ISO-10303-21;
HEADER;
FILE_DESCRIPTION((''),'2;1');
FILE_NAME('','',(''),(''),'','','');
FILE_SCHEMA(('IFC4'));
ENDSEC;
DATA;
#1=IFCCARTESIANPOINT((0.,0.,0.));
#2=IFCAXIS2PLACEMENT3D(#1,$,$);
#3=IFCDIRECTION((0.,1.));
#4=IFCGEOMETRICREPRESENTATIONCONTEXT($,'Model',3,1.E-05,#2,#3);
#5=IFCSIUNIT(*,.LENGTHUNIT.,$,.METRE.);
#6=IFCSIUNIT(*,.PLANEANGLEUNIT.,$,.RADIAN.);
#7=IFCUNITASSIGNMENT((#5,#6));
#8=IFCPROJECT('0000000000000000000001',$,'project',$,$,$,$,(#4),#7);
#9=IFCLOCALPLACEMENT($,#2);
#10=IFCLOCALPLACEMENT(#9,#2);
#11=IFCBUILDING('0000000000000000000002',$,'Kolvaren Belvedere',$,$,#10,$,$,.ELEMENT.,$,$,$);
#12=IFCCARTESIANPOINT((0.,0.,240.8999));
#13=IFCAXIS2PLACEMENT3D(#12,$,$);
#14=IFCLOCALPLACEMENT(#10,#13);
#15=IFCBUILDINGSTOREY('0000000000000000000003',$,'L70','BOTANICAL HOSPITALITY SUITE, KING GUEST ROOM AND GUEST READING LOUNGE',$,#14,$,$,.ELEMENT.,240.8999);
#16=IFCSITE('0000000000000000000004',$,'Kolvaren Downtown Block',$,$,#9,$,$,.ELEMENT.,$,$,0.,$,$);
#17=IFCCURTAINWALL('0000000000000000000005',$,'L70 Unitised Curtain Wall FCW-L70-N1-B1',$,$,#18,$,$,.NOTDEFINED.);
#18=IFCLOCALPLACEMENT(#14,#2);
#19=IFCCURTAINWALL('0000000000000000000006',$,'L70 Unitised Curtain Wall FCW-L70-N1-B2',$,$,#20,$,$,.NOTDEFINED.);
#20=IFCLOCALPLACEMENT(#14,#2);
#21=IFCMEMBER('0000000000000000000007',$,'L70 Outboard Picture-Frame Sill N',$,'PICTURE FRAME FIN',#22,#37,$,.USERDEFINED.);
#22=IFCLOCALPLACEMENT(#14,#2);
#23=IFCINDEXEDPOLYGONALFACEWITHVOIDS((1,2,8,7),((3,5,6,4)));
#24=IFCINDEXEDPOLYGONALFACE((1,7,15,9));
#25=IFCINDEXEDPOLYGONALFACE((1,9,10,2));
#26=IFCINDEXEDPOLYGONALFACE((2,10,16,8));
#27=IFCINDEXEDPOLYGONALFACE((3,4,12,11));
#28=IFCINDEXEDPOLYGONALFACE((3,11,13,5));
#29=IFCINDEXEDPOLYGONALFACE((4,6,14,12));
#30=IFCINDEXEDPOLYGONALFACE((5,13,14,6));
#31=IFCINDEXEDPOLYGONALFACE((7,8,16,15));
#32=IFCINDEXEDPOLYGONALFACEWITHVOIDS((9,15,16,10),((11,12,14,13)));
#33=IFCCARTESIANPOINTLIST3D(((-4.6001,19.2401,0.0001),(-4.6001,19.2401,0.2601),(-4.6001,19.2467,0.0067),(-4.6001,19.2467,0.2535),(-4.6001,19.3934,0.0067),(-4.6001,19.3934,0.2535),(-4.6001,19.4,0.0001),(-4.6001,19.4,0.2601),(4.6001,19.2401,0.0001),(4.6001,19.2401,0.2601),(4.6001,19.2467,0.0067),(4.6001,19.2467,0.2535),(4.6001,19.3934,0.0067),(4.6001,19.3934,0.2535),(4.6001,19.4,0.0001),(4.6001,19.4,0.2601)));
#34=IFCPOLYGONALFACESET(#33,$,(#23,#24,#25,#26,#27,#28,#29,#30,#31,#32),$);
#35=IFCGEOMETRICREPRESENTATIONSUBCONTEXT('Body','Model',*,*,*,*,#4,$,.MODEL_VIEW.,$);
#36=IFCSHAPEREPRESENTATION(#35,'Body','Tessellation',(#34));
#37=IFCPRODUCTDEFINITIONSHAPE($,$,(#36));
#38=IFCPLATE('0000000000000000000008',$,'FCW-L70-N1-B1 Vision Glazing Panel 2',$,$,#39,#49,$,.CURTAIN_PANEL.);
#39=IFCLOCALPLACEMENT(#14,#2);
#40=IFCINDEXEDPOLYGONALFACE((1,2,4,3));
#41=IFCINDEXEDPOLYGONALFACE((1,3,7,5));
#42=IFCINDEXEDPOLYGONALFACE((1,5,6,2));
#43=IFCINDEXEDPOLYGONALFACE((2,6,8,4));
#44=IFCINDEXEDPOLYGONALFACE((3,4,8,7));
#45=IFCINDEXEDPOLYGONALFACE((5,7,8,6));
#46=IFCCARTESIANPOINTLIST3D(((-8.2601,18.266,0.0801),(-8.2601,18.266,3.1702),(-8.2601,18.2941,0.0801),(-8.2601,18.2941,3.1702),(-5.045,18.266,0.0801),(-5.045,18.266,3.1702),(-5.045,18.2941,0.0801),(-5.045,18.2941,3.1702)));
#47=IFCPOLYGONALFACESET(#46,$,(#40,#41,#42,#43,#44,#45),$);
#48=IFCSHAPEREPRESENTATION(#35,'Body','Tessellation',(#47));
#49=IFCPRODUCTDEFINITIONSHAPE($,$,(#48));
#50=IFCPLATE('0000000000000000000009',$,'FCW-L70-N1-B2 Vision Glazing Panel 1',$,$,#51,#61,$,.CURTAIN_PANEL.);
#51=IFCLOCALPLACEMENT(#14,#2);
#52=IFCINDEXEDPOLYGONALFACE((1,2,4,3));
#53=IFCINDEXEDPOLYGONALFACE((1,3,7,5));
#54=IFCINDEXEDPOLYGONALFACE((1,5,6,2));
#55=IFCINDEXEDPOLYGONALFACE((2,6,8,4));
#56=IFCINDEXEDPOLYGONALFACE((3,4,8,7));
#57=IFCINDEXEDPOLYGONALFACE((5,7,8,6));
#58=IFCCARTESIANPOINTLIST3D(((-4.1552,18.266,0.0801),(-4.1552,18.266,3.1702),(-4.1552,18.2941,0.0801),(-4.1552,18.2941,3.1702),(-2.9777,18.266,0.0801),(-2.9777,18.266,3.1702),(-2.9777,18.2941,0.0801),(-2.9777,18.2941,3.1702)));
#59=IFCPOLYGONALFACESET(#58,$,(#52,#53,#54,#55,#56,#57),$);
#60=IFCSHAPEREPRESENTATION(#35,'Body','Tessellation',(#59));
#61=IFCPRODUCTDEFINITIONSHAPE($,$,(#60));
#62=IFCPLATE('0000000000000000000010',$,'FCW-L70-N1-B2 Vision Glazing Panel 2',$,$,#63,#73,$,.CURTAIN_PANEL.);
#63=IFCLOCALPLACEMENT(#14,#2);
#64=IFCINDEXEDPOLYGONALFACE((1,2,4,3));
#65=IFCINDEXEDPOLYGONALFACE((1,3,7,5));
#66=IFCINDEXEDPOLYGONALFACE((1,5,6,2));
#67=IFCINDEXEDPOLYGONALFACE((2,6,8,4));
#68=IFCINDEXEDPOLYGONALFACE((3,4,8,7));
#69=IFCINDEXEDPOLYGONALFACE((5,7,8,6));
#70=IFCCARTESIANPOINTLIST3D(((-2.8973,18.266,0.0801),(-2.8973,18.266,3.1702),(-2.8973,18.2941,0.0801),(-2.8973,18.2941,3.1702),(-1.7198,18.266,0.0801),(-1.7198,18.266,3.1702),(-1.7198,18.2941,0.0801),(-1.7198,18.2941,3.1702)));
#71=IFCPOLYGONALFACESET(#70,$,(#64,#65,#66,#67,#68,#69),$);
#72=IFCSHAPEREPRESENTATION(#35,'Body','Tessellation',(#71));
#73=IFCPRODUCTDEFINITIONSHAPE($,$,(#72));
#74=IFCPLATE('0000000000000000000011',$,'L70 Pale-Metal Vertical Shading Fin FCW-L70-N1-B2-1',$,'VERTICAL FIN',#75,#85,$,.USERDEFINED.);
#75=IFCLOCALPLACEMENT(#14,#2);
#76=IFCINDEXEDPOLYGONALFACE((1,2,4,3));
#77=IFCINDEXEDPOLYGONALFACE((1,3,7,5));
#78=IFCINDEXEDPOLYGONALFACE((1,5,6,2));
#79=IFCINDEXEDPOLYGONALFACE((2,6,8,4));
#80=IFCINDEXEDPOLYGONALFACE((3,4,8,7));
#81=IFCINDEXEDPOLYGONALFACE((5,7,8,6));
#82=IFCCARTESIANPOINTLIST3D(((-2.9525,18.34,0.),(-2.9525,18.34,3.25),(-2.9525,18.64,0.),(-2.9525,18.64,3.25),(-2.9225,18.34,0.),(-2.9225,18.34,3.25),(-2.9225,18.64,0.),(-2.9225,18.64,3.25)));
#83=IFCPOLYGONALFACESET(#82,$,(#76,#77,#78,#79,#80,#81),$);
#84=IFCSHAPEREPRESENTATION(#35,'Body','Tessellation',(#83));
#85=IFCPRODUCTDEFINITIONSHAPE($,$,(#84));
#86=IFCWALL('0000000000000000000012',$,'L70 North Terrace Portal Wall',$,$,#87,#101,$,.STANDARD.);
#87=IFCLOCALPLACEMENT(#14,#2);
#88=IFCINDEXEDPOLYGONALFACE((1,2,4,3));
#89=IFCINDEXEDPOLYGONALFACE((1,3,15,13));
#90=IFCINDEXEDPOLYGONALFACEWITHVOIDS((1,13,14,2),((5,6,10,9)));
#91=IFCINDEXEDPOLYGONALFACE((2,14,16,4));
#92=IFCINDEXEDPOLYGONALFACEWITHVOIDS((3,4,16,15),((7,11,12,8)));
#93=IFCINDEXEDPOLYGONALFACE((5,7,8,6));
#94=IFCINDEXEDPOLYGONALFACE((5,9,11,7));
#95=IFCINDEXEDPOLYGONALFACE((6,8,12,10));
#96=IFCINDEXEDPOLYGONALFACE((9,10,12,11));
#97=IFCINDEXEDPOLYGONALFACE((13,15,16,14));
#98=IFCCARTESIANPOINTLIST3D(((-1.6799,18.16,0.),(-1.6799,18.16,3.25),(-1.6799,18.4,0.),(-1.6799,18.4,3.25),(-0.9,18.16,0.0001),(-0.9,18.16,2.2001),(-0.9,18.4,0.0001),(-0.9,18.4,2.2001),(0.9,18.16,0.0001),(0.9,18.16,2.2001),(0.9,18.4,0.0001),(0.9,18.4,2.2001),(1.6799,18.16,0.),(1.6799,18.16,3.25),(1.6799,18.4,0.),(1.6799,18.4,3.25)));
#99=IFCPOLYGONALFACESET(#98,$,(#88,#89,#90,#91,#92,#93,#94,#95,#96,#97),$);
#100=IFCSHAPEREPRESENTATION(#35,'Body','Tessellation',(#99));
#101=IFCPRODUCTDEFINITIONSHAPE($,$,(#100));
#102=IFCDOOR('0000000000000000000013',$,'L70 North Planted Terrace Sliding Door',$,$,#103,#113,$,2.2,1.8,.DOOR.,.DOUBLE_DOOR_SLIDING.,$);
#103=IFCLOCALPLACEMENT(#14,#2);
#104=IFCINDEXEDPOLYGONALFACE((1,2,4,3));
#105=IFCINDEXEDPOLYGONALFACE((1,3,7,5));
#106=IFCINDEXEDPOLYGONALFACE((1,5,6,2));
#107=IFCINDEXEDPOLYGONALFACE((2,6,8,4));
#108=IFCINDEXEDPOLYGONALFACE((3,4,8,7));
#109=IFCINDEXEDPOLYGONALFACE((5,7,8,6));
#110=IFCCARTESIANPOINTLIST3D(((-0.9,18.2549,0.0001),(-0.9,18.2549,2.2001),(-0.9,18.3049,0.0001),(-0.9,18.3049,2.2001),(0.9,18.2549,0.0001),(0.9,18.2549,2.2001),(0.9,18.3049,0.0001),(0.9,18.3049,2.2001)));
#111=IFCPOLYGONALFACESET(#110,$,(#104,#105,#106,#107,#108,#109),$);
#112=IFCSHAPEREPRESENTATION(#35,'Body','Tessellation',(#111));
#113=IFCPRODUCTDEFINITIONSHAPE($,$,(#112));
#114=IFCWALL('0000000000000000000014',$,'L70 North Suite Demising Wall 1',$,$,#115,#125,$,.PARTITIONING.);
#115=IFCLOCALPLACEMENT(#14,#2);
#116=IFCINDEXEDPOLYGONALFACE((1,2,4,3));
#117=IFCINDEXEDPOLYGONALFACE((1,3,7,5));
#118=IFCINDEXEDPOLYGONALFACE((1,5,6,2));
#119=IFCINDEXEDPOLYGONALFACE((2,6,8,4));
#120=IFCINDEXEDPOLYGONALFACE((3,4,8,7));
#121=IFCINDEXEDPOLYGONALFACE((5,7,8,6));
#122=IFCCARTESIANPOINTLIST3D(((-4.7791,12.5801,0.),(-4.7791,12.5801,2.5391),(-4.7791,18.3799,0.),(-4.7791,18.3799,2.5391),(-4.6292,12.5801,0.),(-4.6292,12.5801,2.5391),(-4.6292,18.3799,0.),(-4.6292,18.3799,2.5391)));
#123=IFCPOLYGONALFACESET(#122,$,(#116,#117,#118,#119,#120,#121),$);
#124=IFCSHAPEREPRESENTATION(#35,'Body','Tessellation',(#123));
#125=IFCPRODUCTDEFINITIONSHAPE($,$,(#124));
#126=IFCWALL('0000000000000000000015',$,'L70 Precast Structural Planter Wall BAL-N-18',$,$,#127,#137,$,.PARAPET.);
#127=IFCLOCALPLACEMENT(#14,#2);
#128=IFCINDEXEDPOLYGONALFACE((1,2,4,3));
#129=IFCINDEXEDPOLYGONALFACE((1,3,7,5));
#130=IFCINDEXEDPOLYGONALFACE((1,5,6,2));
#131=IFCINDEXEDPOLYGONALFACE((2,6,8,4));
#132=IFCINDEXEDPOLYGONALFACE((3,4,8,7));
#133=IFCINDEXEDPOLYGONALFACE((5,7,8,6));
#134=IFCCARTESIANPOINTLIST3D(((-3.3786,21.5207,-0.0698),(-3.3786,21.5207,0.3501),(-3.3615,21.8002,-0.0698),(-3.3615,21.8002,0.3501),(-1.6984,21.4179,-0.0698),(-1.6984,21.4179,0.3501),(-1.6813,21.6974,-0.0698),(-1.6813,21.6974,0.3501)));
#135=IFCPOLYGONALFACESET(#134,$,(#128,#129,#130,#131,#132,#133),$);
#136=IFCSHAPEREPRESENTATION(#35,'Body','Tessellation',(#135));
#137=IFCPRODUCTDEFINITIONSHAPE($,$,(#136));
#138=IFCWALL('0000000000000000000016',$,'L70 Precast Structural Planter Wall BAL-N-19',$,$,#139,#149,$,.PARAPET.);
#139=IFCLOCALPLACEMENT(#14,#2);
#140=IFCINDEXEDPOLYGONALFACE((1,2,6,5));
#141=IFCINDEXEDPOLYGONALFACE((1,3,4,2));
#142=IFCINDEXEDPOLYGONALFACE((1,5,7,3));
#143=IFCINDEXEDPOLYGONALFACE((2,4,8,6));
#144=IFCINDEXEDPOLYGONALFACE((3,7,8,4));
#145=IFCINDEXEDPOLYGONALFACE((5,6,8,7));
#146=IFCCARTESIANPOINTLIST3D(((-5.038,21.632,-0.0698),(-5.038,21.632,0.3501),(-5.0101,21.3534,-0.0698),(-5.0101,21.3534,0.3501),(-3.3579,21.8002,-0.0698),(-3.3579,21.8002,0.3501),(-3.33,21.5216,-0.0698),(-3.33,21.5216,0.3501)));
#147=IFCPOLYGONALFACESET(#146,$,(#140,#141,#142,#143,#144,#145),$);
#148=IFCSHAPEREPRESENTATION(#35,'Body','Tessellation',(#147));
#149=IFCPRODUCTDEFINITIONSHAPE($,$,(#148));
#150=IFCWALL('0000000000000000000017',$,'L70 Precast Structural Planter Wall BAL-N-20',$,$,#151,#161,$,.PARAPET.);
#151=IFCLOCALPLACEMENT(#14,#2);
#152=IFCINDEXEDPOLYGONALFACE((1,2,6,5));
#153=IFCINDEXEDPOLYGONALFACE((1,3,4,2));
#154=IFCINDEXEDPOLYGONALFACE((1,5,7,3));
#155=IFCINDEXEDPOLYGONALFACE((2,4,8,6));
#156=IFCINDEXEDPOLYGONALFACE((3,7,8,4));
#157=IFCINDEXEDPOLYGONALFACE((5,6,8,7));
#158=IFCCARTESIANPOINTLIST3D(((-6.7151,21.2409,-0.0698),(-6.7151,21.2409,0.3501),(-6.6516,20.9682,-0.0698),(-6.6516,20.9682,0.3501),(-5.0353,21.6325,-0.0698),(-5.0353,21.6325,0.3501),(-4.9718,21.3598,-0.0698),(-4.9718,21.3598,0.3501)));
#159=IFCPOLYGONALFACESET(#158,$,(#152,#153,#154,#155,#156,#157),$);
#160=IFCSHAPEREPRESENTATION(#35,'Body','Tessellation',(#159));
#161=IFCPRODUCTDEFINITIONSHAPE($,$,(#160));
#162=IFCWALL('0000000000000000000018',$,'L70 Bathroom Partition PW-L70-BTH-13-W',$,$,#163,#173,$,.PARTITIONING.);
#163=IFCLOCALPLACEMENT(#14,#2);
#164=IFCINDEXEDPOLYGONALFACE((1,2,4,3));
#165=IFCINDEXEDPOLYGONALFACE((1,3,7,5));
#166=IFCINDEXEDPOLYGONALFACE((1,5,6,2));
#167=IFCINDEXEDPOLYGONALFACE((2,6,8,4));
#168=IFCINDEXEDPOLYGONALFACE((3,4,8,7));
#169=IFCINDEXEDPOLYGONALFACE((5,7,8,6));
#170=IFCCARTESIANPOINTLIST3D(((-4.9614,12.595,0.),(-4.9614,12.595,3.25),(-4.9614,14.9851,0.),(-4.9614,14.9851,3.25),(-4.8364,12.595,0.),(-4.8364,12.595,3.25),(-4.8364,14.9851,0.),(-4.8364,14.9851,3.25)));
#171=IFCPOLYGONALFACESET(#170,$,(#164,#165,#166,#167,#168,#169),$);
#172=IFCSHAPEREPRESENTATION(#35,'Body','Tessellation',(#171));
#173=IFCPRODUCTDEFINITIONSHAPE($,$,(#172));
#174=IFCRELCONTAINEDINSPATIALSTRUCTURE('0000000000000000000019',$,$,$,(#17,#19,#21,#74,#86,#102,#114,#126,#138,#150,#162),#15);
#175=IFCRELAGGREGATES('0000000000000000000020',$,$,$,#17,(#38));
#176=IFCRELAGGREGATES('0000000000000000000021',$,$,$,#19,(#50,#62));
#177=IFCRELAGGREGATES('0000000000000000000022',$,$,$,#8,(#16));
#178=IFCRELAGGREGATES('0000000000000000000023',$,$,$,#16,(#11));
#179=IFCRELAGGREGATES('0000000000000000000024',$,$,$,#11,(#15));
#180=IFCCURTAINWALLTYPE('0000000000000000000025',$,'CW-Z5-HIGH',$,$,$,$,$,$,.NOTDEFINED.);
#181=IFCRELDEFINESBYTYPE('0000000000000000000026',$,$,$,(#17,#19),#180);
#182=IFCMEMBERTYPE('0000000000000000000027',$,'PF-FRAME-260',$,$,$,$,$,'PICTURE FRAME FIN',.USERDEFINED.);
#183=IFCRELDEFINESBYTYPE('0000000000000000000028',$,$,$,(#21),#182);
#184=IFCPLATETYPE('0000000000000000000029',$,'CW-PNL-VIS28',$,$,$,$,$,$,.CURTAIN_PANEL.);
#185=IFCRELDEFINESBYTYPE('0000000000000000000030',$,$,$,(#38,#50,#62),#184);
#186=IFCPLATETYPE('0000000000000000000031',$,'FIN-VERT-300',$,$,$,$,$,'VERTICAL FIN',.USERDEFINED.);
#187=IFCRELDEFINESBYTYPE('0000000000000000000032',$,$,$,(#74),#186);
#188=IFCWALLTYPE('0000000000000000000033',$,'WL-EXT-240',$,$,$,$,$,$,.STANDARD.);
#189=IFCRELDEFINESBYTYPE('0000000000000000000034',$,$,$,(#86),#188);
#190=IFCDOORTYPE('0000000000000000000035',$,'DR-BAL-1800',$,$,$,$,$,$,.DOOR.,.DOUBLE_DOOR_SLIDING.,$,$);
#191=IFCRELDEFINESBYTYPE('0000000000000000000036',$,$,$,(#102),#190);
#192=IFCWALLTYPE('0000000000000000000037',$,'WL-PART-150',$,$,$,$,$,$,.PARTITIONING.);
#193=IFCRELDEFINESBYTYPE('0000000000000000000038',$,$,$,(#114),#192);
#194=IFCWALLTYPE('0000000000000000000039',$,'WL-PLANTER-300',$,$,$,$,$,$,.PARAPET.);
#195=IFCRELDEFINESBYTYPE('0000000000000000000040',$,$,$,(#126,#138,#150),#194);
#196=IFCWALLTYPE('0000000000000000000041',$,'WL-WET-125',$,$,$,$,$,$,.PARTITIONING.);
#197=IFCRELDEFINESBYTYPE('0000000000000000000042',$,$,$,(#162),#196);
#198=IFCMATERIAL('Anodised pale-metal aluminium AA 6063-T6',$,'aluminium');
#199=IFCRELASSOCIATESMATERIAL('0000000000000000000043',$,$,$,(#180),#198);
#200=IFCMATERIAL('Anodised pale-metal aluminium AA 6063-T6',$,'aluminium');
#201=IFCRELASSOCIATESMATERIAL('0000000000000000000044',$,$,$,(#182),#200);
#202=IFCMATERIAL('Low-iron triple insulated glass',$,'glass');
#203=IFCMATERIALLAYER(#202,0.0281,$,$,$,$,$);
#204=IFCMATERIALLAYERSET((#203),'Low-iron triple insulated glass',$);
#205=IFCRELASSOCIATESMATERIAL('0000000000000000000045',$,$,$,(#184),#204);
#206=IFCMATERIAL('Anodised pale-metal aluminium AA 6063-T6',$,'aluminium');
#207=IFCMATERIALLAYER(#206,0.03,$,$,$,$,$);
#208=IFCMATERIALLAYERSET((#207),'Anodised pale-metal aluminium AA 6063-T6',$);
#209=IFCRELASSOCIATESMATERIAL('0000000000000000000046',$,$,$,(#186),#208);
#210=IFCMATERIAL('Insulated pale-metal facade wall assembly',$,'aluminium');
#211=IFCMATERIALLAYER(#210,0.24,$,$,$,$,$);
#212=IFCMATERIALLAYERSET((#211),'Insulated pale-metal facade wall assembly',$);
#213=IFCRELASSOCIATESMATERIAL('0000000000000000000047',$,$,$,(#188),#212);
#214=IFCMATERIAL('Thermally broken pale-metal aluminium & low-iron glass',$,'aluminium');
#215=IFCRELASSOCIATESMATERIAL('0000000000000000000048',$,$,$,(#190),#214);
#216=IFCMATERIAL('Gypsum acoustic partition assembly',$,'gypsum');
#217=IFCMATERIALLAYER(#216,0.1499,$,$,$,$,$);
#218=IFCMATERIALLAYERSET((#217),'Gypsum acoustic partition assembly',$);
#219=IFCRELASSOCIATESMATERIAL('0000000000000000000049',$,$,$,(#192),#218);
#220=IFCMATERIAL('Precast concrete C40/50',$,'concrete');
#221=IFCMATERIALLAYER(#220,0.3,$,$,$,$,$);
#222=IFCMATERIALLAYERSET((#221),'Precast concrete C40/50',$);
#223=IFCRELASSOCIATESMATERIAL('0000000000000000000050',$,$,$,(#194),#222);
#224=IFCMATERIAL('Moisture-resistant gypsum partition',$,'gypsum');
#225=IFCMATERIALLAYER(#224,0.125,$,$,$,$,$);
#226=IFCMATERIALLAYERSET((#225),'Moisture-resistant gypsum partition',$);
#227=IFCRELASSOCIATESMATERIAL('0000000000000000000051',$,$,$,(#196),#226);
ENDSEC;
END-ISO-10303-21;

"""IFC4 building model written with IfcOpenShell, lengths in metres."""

from ifc_helpers import new_model, si_unit, direction, frame, frame_2d, origin, origin_2d, place, context, subcontext, project, spatial, rectangle, hollow_rectangle, extrude, material, layer, layer_set, material_profile, profile_set, type_object, element, fill, aggregate, save


model = new_model("IFC4")

# Units and contexts
model_context = context("Model", 3, precision=1e-05, world=origin(), true_north=direction((0.0, 1.0)))
body_context = subcontext(model_context, "Body", "Model", "MODEL_VIEW")
ifc_project = project(units=[si_unit("LENGTHUNIT", "METRE"), si_unit("PLANEANGLEUNIT", "RADIAN")], contexts=[model_context])

# Site, building, storey
site_placement = place(None, origin())
site = spatial("IfcSite", under=ifc_project, at=site_placement, Name="Kolvaren Downtown Block", CompositionType="ELEMENT", RefElevation=0.0)
building_placement = place(site_placement, origin())
building = spatial("IfcBuilding", under=site, at=building_placement, Name="Kolvaren Belvedere", CompositionType="ELEMENT")
storey_placement = place(building_placement, frame((0.0, 0.0, 240.8999)))
storey = spatial("IfcBuildingStorey", under=building, at=storey_placement, Name="L70", Description="BOTANICAL HOSPITALITY SUITE, KING GUEST ROOM AND GUEST READING LOUNGE", CompositionType="ELEMENT", Elevation=240.8999)

# Curtain wall
ifc_material_1 = material(Name="Anodised pale-metal aluminium AA 6063-T6", Category="aluminium")
curtain_wall_type = type_object("IfcCurtainWallType", Name="CW-Z5-HIGH", PredefinedType="NOTDEFINED", material=ifc_material_1)
curtain_wall_1_placement = place(storey_placement, origin())
curtain_wall_1 = element("IfcCurtainWall", 1, at=curtain_wall_1_placement, inside=storey, type_object=curtain_wall_type, Name="L70 Unitised Curtain Wall FCW-L70-N1-B1", PredefinedType="NOTDEFINED")

# Curtain wall
curtain_wall_2_placement = place(storey_placement, origin())
curtain_wall_2 = element("IfcCurtainWall", 2, at=curtain_wall_2_placement, inside=storey, type_object=curtain_wall_type, Name="L70 Unitised Curtain Wall FCW-L70-N1-B2", PredefinedType="NOTDEFINED")

# Member
ifc_material_2 = material(Name="Anodised pale-metal aluminium AA 6063-T6", Category="aluminium")
ifc_material_profile_1 = material_profile(ifc_material_2, hollow_rectangle(XDim=0.1599, YDim=0.26, WallThickness=0.0066, at=origin_2d()), Name="ALU-PF-260X160")
ifc_profile_set_1 = profile_set([ifc_material_profile_1], Name="Anodised pale-metal aluminium AA 6063-T6")
member_type_1 = type_object("IfcMemberType", Name="PF-FRAME-260", ElementType="PICTURE FRAME FIN", PredefinedType="USERDEFINED", material=ifc_profile_set_1)
member_1_placement = place(storey_placement, frame((-4.6001, 19.3201, 0.1301), z_axis=(1.0, 0.0, 0.0), x_axis=(0.0, 1.0, 0.0)))
element("IfcMember", 3, at=member_1_placement, inside=storey, type_object=member_type_1, Name="L70 Outboard Picture-Frame Sill N", ObjectType="PICTURE FRAME FIN", PredefinedType="USERDEFINED", context=body_context, shape_type="SweptSolid", body=[
    extrude(hollow_rectangle(XDim=0.1599, YDim=0.26, WallThickness=0.0066, at=origin_2d()), origin(), (0.0, 0.0, 1.0), 9.2002),
])

# Plates
ifc_material_3 = material(Name="Low-iron triple insulated glass", Category="glass")
ifc_layer_1 = layer(ifc_material_3, 0.0281)
ifc_layer_set_1 = layer_set([ifc_layer_1], Name="Low-iron triple insulated glass")
plate_type_1 = type_object("IfcPlateType", Name="CW-PNL-VIS28", PredefinedType="CURTAIN_PANEL", material=ifc_layer_set_1)
plate_1_placement = place(storey_placement, frame((-6.6526, 18.28, 0.0801), z_axis=(0.0, 0.0, 1.0), x_axis=(1.0, 0.0, 0.0)))
plate_1 = element("IfcPlate", 4, at=plate_1_placement, type_object=plate_type_1, Name="FCW-L70-N1-B1 Vision Glazing Panel 2", PredefinedType="CURTAIN_PANEL", context=body_context, shape_type="SweptSolid", body=[
    extrude(rectangle(XDim=3.2151, YDim=0.0281, at=origin_2d()), origin(), (0.0, 0.0, 1.0), 3.0901),
])
aggregate(curtain_wall_1, [plate_1])
plate_2_placement = place(storey_placement, frame((-3.5664, 18.28, 0.0801), z_axis=(0.0, 0.0, 1.0), x_axis=(1.0, 0.0, 0.0)))
plate_2 = element("IfcPlate", 5, at=plate_2_placement, type_object=plate_type_1, Name="FCW-L70-N1-B2 Vision Glazing Panel 1", PredefinedType="CURTAIN_PANEL", context=body_context, shape_type="SweptSolid", body=[
    extrude(rectangle(XDim=1.1775, YDim=0.0281, at=origin_2d()), origin(), (0.0, 0.0, 1.0), 3.0901),
])
plate_3_placement = place(storey_placement, frame((-2.3086, 18.28, 0.0801), z_axis=(0.0, 0.0, 1.0), x_axis=(1.0, 0.0, 0.0)))
plate_3 = element("IfcPlate", 6, at=plate_3_placement, type_object=plate_type_1, Name="FCW-L70-N1-B2 Vision Glazing Panel 2", PredefinedType="CURTAIN_PANEL", context=body_context, shape_type="SweptSolid", body=[
    extrude(rectangle(XDim=1.1775, YDim=0.0281, at=origin_2d()), origin(), (0.0, 0.0, 1.0), 3.0901),
])
aggregate(curtain_wall_2, [plate_2, plate_3])
ifc_material_4 = material(Name="Anodised pale-metal aluminium AA 6063-T6", Category="aluminium")
ifc_layer_2 = layer(ifc_material_4, 0.03)
ifc_layer_set_2 = layer_set([ifc_layer_2], Name="Anodised pale-metal aluminium AA 6063-T6")
plate_type_2 = type_object("IfcPlateType", Name="FIN-VERT-300", ElementType="VERTICAL FIN", PredefinedType="USERDEFINED", material=ifc_layer_set_2)
plate_4_placement = place(storey_placement, frame((-2.9375, 18.49, 0.0), z_axis=(0.0, 0.0, 1.0), x_axis=(0.0, 1.0, 0.0)))
element("IfcPlate", 7, at=plate_4_placement, inside=storey, type_object=plate_type_2, Name="L70 Pale-Metal Vertical Shading Fin FCW-L70-N1-B2-1", ObjectType="VERTICAL FIN", PredefinedType="USERDEFINED", context=body_context, shape_type="SweptSolid", body=[
    extrude(rectangle(XDim=0.3, YDim=0.03, at=origin_2d()), origin(), (0.0, 0.0, 1.0), 3.25),
])

# Wall, opening, door
ifc_material_5 = material(Name="Insulated pale-metal facade wall assembly", Category="aluminium")
ifc_layer_3 = layer(ifc_material_5, 0.24)
ifc_layer_set_3 = layer_set([ifc_layer_3], Name="Insulated pale-metal facade wall assembly")
wall_type_1 = type_object("IfcWallType", Name="WL-EXT-240", PredefinedType="STANDARD", material=ifc_layer_set_3)
wall_1_placement = place(storey_placement, frame((-1.6799, 18.28, 0.0), z_axis=(0.0, 0.0, 1.0), x_axis=(1.0, 0.0, 0.0)))
wall_1 = element("IfcWall", 8, at=wall_1_placement, inside=storey, type_object=wall_type_1, Name="L70 North Terrace Portal Wall", PredefinedType="STANDARD", context=body_context, shape_type="SweptSolid", body=[
    extrude(rectangle(XDim=3.3599, YDim=0.24, at=frame_2d((1.6799, 0.0))), origin(), (0.0, 0.0, 1.0), 3.25),
])
opening_placement = place(wall_1_placement, frame((0.78, 0.0, 0.0)))
opening = element("IfcOpeningElement", 9, at=opening_placement, cuts=wall_1, PredefinedType="OPENING", context=body_context, shape_type="SweptSolid", body=[
    extrude(rectangle(XDim=1.8, YDim=2.2, at=frame_2d((0.8999, 1.1001))), frame((0.0, 0.1299, 0.0), z_axis=(0.0, -1.0, 0.0), x_axis=(1.0, 0.0, 0.0)), (0.0, 0.0, 1.0), 0.26),
])
ifc_material_6 = material(Name="Thermally broken pale-metal aluminium & low-iron glass", Category="aluminium")
door_type = type_object("IfcDoorType", Name="DR-BAL-1800", OperationType="DOUBLE_DOOR_SLIDING", PredefinedType="DOOR", material=ifc_material_6)
door_placement = place(opening_placement, origin())
door = element("IfcDoor", 10, at=door_placement, inside=storey, type_object=door_type, Name="L70 North Planted Terrace Sliding Door", OperationType="DOUBLE_DOOR_SLIDING", OverallHeight=2.2, OverallWidth=1.8, PredefinedType="DOOR", context=body_context, shape_type="SweptSolid", body=[
    extrude(rectangle(XDim=1.8, YDim=2.2, at=frame_2d((0.8999, 1.1001))), frame((0.0, 0.0249, 0.0), z_axis=(0.0, -1.0, 0.0), x_axis=(1.0, 0.0, 0.0)), (0.0, 0.0, 1.0), 0.05),
])
fill(opening, door)

# Walls
ifc_material_7 = material(Name="Gypsum acoustic partition assembly", Category="gypsum")
ifc_layer_4 = layer(ifc_material_7, 0.1499)
ifc_layer_set_4 = layer_set([ifc_layer_4], Name="Gypsum acoustic partition assembly")
wall_type_2 = type_object("IfcWallType", Name="WL-PART-150", PredefinedType="PARTITIONING", material=ifc_layer_set_4)
wall_2_placement = place(storey_placement, frame((-4.7041, 12.5801, 0.0), z_axis=(0.0, 0.0, 1.0), x_axis=(0.0, 1.0, 0.0)))
element("IfcWall", 11, at=wall_2_placement, inside=storey, type_object=wall_type_2, Name="L70 North Suite Demising Wall 1", PredefinedType="PARTITIONING", context=body_context, shape_type="SweptSolid", body=[
    extrude(rectangle(XDim=5.7998, YDim=0.1499, at=frame_2d((2.8999, 0.0))), origin(), (0.0, 0.0, 1.0), 2.5391),
])
ifc_material_8 = material(Name="Precast concrete C40/50", Category="concrete")
ifc_layer_5 = layer(ifc_material_8, 0.3)
ifc_layer_set_5 = layer_set([ifc_layer_5], Name="Precast concrete C40/50")
wall_type_3 = type_object("IfcWallType", Name="WL-PLANTER-300", PredefinedType="PARAPET", material=ifc_layer_set_5)
wall_3_placement = place(storey_placement, frame((-1.6897, 21.5576, -0.0698), z_axis=(0.0, 0.0, 1.0), x_axis=(-0.998134, 0.06106, 0.0)))
element("IfcWall", 12, at=wall_3_placement, inside=storey, type_object=wall_type_3, Name="L70 Precast Structural Planter Wall BAL-N-18", PredefinedType="PARAPET", context=body_context, shape_type="SweptSolid", body=[
    extrude(rectangle(XDim=1.6833, YDim=0.28, at=frame_2d((0.8418, 0.0))), origin(), (0.0, 0.0, 1.0), 0.4199),
])
wall_4_placement = place(storey_placement, frame((-3.344, 21.6609, -0.0698), z_axis=(0.0, 0.0, 1.0), x_axis=(-0.995026, -0.099618, 0.0)))
element("IfcWall", 13, at=wall_4_placement, inside=storey, type_object=wall_type_3, Name="L70 Precast Structural Planter Wall BAL-N-19", PredefinedType="PARAPET", context=body_context, shape_type="SweptSolid", body=[
    extrude(rectangle(XDim=1.6885, YDim=0.28, at=frame_2d((0.8442, 0.0))), origin(), (0.0, 0.0, 1.0), 0.4199),
])
wall_5_placement = place(storey_placement, frame((-5.0037, 21.4961, -0.0698), z_axis=(0.0, 0.0, 1.0), x_axis=(-0.97389, -0.227019, 0.0)))
element("IfcWall", 14, at=wall_5_placement, inside=storey, type_object=wall_type_3, Name="L70 Precast Structural Planter Wall BAL-N-20", PredefinedType="PARAPET", context=body_context, shape_type="SweptSolid", body=[
    extrude(rectangle(XDim=1.7249, YDim=0.28, at=frame_2d((0.8623, 0.0))), origin(), (0.0, 0.0, 1.0), 0.4199),
])
ifc_material_9 = material(Name="Moisture-resistant gypsum partition", Category="gypsum")
ifc_layer_6 = layer(ifc_material_9, 0.125)
ifc_layer_set_6 = layer_set([ifc_layer_6], Name="Moisture-resistant gypsum partition")
wall_type_4 = type_object("IfcWallType", Name="WL-WET-125", PredefinedType="PARTITIONING", material=ifc_layer_set_6)
wall_6_placement = place(storey_placement, frame((-4.8989, 12.595, 0.0), z_axis=(0.0, 0.0, 1.0), x_axis=(0.0, 1.0, 0.0)))
element("IfcWall", 15, at=wall_6_placement, inside=storey, type_object=wall_type_4, Name="L70 Bathroom Partition PW-L70-BTH-13-W", PredefinedType="PARTITIONING", context=body_context, shape_type="SweptSolid", body=[
    extrude(rectangle(XDim=2.3901, YDim=0.125, at=frame_2d((1.1951, 0.0))), origin(), (0.0, 0.0, 1.0), 3.25),
])

save(model, "model.ifc")
